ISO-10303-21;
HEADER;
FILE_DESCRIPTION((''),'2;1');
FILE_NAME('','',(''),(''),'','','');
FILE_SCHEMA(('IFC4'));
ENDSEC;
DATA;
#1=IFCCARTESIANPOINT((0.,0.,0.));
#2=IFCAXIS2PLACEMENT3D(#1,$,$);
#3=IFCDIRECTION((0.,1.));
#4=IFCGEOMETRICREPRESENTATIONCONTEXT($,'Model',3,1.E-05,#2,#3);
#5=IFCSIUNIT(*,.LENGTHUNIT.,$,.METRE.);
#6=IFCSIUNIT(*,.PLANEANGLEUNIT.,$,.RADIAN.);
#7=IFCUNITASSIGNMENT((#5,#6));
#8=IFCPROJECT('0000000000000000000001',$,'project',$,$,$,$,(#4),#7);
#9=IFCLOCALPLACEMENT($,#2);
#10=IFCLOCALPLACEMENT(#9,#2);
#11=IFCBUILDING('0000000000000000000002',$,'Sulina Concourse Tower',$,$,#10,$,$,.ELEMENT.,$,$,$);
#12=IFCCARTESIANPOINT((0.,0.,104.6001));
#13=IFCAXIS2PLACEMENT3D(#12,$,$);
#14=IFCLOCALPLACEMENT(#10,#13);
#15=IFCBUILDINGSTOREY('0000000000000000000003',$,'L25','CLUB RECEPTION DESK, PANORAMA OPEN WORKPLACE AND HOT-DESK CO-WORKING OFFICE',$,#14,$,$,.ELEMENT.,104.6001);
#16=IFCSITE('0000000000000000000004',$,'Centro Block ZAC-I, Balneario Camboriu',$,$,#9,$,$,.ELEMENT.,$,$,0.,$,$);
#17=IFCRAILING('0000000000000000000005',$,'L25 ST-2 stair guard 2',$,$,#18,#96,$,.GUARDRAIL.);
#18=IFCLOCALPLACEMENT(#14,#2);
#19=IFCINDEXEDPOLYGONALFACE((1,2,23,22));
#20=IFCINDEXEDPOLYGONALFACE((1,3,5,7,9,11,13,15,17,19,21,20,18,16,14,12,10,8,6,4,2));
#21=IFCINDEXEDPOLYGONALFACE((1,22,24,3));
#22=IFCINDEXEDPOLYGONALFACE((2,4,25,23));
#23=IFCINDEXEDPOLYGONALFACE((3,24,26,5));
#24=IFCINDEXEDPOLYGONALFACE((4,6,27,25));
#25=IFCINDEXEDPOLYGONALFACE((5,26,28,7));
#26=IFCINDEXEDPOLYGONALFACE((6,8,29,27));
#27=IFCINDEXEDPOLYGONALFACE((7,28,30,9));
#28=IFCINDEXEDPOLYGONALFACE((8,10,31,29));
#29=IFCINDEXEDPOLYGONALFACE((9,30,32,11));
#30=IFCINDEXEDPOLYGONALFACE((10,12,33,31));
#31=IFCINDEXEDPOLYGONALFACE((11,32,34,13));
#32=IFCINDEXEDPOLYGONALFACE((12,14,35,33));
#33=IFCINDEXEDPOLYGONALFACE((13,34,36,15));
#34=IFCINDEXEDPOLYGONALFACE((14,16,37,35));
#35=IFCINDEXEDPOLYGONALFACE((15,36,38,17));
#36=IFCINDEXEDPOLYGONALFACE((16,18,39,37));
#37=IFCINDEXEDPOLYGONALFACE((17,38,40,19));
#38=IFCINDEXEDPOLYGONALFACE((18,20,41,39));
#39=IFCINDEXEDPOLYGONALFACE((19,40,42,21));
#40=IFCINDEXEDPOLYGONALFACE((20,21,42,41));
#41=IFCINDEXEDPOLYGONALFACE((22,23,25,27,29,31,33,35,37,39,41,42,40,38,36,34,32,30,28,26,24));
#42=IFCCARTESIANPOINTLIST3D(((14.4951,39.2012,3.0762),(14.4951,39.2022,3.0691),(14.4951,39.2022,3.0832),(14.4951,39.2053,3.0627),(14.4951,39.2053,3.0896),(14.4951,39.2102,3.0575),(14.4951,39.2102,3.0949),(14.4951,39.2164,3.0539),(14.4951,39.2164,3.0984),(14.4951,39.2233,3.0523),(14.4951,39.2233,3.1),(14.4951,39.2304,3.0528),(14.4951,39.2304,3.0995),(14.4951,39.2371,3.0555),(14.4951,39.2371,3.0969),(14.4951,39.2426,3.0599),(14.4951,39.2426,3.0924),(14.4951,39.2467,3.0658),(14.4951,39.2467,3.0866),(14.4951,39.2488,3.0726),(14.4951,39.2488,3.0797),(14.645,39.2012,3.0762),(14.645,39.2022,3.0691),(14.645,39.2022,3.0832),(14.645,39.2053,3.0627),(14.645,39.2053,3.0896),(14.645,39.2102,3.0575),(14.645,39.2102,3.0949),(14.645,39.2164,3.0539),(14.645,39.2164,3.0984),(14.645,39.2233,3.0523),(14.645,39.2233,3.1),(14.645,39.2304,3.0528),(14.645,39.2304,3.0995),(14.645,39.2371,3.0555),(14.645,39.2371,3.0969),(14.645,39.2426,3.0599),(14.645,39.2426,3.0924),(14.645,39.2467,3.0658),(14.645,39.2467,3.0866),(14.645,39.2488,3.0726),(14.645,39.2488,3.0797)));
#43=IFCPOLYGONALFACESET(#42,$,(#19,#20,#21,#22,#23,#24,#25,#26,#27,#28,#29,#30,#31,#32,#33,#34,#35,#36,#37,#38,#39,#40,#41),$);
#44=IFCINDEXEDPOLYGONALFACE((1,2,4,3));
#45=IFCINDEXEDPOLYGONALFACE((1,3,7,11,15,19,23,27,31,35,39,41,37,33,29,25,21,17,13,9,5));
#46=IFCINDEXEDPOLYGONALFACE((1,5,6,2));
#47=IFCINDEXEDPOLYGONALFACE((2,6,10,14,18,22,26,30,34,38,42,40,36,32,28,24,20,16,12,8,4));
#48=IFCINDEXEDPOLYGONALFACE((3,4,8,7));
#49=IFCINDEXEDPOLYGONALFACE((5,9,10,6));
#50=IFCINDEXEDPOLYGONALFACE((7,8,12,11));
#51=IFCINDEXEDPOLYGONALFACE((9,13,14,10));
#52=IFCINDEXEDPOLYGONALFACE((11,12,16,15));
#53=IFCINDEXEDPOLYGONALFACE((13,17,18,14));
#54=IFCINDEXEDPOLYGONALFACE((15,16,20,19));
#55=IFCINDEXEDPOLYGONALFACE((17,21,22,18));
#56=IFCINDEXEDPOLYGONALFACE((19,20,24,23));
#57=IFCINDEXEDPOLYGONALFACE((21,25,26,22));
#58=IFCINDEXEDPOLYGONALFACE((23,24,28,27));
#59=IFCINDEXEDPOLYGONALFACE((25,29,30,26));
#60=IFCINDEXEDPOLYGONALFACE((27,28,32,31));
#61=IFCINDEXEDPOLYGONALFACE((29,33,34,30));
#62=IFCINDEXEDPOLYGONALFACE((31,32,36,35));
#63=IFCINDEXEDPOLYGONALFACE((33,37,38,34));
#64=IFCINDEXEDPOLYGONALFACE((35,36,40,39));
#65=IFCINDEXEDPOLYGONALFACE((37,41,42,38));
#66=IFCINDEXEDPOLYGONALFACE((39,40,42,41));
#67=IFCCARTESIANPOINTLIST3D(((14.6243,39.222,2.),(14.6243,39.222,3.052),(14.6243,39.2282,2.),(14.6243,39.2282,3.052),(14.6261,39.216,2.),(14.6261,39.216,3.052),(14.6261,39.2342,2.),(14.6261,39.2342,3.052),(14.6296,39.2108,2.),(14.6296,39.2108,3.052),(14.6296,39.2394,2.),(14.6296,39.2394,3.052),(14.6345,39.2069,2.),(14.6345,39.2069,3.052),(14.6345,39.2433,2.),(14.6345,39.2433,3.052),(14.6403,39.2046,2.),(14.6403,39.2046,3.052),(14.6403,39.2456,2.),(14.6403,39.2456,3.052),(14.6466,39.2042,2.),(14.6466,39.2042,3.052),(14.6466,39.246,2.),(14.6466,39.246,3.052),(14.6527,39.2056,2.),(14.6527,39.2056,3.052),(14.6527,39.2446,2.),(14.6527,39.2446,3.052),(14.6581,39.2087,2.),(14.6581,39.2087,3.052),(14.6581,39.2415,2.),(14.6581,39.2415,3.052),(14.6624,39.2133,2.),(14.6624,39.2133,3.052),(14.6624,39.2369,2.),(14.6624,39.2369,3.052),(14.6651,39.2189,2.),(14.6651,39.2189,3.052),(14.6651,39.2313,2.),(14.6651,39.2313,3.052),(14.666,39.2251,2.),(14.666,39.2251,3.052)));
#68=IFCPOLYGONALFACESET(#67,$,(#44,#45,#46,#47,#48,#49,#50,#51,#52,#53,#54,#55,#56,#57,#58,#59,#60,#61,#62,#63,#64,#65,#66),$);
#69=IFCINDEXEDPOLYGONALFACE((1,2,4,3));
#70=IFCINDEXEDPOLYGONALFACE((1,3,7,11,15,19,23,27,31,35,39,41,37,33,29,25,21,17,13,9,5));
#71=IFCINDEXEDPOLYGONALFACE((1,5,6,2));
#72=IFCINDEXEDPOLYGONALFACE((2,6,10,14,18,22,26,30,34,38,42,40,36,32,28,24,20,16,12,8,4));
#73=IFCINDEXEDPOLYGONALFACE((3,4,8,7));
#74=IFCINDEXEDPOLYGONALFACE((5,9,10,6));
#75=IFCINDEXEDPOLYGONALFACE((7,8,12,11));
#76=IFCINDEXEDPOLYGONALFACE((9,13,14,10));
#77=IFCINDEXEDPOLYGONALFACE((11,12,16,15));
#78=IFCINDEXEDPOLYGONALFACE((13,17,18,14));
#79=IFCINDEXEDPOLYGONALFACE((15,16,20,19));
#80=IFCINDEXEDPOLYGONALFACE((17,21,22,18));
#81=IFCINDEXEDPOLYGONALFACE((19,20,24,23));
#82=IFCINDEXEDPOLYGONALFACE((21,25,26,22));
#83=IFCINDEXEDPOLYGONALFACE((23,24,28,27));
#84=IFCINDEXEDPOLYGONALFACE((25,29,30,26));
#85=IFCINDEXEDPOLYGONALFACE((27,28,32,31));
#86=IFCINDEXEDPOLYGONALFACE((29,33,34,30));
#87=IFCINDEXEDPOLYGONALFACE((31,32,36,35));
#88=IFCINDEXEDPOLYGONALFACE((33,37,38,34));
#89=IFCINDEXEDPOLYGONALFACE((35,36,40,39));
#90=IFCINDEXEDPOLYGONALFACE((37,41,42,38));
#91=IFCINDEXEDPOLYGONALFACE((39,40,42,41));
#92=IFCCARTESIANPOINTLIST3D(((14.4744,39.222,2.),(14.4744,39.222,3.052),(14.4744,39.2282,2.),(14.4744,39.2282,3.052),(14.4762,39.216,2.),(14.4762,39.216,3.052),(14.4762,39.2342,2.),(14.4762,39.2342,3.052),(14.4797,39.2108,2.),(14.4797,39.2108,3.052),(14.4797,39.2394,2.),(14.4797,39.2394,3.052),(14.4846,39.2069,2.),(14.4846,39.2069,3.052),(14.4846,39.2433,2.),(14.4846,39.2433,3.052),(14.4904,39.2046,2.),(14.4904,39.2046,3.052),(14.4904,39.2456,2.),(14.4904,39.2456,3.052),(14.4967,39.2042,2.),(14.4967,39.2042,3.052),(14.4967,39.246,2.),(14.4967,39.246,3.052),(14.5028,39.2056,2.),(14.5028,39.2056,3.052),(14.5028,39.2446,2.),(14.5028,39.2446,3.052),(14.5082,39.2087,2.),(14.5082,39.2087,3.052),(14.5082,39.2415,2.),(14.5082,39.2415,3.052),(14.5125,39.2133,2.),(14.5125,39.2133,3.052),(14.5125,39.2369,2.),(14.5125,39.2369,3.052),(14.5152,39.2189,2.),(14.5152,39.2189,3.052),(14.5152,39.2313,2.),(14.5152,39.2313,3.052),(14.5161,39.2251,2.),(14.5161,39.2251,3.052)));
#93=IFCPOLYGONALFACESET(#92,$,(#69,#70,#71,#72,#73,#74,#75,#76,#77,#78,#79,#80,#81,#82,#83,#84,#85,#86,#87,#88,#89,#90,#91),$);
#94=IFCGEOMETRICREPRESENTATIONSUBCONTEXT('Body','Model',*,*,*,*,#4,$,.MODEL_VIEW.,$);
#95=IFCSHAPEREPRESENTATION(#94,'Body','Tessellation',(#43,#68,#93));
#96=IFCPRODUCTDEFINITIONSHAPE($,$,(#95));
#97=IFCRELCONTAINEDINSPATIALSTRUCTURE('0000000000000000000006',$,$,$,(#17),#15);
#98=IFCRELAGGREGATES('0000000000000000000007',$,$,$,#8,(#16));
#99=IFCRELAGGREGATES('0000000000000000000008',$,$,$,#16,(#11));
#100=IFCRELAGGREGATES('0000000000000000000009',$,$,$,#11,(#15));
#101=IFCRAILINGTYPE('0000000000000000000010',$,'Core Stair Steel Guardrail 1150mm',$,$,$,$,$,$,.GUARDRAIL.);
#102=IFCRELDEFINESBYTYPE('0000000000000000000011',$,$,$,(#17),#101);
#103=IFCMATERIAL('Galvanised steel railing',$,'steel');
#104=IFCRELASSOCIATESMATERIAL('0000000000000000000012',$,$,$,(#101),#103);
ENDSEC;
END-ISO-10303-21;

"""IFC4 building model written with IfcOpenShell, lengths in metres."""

from ifc_helpers import new_model, si_unit, direction, frame, origin, origin_2d, place, context, subcontext, project, spatial, circle, extrude, material, type_object, element, save


model = new_model("IFC4")

# Units and contexts
model_context = context("Model", 3, precision=1e-05, world=origin(), true_north=direction((0.0, 1.0)))
body_context = subcontext(model_context, "Body", "Model", "MODEL_VIEW")
ifc_project = project(units=[si_unit("LENGTHUNIT", "METRE"), si_unit("PLANEANGLEUNIT", "RADIAN")], contexts=[model_context])

# Site, building, storey
site_placement = place(None, origin())
site = spatial("IfcSite", under=ifc_project, at=site_placement, Name="Centro Block ZAC-I, Balneario Camboriu", CompositionType="ELEMENT", RefElevation=0.0)
building_placement = place(site_placement, origin())
building = spatial("IfcBuilding", under=site, at=building_placement, Name="Sulina Concourse Tower", CompositionType="ELEMENT")
storey_placement = place(building_placement, frame((0.0, 0.0, 104.6001)))
storey = spatial("IfcBuildingStorey", under=building, at=storey_placement, Name="L25", Description="CLUB RECEPTION DESK, PANORAMA OPEN WORKPLACE AND HOT-DESK CO-WORKING OFFICE", CompositionType="ELEMENT", Elevation=104.6001)

# Railing
ifc_material_1 = material(Name="Galvanised steel railing", Category="steel")
railing_type_1 = type_object("IfcRailingType", Name="Core Stair Steel Guardrail 1150mm", PredefinedType="GUARDRAIL", material=ifc_material_1)
railing_1_placement = place(storey_placement, frame((14.645, 39.2251, 2.0)))
element("IfcRailing", 1, at=railing_1_placement, inside=storey, type_object=railing_type_1, Name="L25 ST-2 stair guard 2", PredefinedType="GUARDRAIL", context=body_context, shape_type="SweptSolid", body=[
    extrude(circle(Radius=0.0239, at=origin_2d()), frame((0.0, 0.0, 1.0762), z_axis=(-1.0, 0.0, 0.0), x_axis=(0.0, -1.0, 0.0)), (0.0, 0.0, 1.0), 0.1499),
    extrude(circle(Radius=0.021, at=origin_2d()), origin(), (0.0, 0.0, 1.0), 1.052),
    extrude(circle(Radius=0.021, at=origin_2d()), frame((-0.1499, 0.0, 0.0)), (0.0, 0.0, 1.0), 1.052),
])

save(model, "model.ifc")
